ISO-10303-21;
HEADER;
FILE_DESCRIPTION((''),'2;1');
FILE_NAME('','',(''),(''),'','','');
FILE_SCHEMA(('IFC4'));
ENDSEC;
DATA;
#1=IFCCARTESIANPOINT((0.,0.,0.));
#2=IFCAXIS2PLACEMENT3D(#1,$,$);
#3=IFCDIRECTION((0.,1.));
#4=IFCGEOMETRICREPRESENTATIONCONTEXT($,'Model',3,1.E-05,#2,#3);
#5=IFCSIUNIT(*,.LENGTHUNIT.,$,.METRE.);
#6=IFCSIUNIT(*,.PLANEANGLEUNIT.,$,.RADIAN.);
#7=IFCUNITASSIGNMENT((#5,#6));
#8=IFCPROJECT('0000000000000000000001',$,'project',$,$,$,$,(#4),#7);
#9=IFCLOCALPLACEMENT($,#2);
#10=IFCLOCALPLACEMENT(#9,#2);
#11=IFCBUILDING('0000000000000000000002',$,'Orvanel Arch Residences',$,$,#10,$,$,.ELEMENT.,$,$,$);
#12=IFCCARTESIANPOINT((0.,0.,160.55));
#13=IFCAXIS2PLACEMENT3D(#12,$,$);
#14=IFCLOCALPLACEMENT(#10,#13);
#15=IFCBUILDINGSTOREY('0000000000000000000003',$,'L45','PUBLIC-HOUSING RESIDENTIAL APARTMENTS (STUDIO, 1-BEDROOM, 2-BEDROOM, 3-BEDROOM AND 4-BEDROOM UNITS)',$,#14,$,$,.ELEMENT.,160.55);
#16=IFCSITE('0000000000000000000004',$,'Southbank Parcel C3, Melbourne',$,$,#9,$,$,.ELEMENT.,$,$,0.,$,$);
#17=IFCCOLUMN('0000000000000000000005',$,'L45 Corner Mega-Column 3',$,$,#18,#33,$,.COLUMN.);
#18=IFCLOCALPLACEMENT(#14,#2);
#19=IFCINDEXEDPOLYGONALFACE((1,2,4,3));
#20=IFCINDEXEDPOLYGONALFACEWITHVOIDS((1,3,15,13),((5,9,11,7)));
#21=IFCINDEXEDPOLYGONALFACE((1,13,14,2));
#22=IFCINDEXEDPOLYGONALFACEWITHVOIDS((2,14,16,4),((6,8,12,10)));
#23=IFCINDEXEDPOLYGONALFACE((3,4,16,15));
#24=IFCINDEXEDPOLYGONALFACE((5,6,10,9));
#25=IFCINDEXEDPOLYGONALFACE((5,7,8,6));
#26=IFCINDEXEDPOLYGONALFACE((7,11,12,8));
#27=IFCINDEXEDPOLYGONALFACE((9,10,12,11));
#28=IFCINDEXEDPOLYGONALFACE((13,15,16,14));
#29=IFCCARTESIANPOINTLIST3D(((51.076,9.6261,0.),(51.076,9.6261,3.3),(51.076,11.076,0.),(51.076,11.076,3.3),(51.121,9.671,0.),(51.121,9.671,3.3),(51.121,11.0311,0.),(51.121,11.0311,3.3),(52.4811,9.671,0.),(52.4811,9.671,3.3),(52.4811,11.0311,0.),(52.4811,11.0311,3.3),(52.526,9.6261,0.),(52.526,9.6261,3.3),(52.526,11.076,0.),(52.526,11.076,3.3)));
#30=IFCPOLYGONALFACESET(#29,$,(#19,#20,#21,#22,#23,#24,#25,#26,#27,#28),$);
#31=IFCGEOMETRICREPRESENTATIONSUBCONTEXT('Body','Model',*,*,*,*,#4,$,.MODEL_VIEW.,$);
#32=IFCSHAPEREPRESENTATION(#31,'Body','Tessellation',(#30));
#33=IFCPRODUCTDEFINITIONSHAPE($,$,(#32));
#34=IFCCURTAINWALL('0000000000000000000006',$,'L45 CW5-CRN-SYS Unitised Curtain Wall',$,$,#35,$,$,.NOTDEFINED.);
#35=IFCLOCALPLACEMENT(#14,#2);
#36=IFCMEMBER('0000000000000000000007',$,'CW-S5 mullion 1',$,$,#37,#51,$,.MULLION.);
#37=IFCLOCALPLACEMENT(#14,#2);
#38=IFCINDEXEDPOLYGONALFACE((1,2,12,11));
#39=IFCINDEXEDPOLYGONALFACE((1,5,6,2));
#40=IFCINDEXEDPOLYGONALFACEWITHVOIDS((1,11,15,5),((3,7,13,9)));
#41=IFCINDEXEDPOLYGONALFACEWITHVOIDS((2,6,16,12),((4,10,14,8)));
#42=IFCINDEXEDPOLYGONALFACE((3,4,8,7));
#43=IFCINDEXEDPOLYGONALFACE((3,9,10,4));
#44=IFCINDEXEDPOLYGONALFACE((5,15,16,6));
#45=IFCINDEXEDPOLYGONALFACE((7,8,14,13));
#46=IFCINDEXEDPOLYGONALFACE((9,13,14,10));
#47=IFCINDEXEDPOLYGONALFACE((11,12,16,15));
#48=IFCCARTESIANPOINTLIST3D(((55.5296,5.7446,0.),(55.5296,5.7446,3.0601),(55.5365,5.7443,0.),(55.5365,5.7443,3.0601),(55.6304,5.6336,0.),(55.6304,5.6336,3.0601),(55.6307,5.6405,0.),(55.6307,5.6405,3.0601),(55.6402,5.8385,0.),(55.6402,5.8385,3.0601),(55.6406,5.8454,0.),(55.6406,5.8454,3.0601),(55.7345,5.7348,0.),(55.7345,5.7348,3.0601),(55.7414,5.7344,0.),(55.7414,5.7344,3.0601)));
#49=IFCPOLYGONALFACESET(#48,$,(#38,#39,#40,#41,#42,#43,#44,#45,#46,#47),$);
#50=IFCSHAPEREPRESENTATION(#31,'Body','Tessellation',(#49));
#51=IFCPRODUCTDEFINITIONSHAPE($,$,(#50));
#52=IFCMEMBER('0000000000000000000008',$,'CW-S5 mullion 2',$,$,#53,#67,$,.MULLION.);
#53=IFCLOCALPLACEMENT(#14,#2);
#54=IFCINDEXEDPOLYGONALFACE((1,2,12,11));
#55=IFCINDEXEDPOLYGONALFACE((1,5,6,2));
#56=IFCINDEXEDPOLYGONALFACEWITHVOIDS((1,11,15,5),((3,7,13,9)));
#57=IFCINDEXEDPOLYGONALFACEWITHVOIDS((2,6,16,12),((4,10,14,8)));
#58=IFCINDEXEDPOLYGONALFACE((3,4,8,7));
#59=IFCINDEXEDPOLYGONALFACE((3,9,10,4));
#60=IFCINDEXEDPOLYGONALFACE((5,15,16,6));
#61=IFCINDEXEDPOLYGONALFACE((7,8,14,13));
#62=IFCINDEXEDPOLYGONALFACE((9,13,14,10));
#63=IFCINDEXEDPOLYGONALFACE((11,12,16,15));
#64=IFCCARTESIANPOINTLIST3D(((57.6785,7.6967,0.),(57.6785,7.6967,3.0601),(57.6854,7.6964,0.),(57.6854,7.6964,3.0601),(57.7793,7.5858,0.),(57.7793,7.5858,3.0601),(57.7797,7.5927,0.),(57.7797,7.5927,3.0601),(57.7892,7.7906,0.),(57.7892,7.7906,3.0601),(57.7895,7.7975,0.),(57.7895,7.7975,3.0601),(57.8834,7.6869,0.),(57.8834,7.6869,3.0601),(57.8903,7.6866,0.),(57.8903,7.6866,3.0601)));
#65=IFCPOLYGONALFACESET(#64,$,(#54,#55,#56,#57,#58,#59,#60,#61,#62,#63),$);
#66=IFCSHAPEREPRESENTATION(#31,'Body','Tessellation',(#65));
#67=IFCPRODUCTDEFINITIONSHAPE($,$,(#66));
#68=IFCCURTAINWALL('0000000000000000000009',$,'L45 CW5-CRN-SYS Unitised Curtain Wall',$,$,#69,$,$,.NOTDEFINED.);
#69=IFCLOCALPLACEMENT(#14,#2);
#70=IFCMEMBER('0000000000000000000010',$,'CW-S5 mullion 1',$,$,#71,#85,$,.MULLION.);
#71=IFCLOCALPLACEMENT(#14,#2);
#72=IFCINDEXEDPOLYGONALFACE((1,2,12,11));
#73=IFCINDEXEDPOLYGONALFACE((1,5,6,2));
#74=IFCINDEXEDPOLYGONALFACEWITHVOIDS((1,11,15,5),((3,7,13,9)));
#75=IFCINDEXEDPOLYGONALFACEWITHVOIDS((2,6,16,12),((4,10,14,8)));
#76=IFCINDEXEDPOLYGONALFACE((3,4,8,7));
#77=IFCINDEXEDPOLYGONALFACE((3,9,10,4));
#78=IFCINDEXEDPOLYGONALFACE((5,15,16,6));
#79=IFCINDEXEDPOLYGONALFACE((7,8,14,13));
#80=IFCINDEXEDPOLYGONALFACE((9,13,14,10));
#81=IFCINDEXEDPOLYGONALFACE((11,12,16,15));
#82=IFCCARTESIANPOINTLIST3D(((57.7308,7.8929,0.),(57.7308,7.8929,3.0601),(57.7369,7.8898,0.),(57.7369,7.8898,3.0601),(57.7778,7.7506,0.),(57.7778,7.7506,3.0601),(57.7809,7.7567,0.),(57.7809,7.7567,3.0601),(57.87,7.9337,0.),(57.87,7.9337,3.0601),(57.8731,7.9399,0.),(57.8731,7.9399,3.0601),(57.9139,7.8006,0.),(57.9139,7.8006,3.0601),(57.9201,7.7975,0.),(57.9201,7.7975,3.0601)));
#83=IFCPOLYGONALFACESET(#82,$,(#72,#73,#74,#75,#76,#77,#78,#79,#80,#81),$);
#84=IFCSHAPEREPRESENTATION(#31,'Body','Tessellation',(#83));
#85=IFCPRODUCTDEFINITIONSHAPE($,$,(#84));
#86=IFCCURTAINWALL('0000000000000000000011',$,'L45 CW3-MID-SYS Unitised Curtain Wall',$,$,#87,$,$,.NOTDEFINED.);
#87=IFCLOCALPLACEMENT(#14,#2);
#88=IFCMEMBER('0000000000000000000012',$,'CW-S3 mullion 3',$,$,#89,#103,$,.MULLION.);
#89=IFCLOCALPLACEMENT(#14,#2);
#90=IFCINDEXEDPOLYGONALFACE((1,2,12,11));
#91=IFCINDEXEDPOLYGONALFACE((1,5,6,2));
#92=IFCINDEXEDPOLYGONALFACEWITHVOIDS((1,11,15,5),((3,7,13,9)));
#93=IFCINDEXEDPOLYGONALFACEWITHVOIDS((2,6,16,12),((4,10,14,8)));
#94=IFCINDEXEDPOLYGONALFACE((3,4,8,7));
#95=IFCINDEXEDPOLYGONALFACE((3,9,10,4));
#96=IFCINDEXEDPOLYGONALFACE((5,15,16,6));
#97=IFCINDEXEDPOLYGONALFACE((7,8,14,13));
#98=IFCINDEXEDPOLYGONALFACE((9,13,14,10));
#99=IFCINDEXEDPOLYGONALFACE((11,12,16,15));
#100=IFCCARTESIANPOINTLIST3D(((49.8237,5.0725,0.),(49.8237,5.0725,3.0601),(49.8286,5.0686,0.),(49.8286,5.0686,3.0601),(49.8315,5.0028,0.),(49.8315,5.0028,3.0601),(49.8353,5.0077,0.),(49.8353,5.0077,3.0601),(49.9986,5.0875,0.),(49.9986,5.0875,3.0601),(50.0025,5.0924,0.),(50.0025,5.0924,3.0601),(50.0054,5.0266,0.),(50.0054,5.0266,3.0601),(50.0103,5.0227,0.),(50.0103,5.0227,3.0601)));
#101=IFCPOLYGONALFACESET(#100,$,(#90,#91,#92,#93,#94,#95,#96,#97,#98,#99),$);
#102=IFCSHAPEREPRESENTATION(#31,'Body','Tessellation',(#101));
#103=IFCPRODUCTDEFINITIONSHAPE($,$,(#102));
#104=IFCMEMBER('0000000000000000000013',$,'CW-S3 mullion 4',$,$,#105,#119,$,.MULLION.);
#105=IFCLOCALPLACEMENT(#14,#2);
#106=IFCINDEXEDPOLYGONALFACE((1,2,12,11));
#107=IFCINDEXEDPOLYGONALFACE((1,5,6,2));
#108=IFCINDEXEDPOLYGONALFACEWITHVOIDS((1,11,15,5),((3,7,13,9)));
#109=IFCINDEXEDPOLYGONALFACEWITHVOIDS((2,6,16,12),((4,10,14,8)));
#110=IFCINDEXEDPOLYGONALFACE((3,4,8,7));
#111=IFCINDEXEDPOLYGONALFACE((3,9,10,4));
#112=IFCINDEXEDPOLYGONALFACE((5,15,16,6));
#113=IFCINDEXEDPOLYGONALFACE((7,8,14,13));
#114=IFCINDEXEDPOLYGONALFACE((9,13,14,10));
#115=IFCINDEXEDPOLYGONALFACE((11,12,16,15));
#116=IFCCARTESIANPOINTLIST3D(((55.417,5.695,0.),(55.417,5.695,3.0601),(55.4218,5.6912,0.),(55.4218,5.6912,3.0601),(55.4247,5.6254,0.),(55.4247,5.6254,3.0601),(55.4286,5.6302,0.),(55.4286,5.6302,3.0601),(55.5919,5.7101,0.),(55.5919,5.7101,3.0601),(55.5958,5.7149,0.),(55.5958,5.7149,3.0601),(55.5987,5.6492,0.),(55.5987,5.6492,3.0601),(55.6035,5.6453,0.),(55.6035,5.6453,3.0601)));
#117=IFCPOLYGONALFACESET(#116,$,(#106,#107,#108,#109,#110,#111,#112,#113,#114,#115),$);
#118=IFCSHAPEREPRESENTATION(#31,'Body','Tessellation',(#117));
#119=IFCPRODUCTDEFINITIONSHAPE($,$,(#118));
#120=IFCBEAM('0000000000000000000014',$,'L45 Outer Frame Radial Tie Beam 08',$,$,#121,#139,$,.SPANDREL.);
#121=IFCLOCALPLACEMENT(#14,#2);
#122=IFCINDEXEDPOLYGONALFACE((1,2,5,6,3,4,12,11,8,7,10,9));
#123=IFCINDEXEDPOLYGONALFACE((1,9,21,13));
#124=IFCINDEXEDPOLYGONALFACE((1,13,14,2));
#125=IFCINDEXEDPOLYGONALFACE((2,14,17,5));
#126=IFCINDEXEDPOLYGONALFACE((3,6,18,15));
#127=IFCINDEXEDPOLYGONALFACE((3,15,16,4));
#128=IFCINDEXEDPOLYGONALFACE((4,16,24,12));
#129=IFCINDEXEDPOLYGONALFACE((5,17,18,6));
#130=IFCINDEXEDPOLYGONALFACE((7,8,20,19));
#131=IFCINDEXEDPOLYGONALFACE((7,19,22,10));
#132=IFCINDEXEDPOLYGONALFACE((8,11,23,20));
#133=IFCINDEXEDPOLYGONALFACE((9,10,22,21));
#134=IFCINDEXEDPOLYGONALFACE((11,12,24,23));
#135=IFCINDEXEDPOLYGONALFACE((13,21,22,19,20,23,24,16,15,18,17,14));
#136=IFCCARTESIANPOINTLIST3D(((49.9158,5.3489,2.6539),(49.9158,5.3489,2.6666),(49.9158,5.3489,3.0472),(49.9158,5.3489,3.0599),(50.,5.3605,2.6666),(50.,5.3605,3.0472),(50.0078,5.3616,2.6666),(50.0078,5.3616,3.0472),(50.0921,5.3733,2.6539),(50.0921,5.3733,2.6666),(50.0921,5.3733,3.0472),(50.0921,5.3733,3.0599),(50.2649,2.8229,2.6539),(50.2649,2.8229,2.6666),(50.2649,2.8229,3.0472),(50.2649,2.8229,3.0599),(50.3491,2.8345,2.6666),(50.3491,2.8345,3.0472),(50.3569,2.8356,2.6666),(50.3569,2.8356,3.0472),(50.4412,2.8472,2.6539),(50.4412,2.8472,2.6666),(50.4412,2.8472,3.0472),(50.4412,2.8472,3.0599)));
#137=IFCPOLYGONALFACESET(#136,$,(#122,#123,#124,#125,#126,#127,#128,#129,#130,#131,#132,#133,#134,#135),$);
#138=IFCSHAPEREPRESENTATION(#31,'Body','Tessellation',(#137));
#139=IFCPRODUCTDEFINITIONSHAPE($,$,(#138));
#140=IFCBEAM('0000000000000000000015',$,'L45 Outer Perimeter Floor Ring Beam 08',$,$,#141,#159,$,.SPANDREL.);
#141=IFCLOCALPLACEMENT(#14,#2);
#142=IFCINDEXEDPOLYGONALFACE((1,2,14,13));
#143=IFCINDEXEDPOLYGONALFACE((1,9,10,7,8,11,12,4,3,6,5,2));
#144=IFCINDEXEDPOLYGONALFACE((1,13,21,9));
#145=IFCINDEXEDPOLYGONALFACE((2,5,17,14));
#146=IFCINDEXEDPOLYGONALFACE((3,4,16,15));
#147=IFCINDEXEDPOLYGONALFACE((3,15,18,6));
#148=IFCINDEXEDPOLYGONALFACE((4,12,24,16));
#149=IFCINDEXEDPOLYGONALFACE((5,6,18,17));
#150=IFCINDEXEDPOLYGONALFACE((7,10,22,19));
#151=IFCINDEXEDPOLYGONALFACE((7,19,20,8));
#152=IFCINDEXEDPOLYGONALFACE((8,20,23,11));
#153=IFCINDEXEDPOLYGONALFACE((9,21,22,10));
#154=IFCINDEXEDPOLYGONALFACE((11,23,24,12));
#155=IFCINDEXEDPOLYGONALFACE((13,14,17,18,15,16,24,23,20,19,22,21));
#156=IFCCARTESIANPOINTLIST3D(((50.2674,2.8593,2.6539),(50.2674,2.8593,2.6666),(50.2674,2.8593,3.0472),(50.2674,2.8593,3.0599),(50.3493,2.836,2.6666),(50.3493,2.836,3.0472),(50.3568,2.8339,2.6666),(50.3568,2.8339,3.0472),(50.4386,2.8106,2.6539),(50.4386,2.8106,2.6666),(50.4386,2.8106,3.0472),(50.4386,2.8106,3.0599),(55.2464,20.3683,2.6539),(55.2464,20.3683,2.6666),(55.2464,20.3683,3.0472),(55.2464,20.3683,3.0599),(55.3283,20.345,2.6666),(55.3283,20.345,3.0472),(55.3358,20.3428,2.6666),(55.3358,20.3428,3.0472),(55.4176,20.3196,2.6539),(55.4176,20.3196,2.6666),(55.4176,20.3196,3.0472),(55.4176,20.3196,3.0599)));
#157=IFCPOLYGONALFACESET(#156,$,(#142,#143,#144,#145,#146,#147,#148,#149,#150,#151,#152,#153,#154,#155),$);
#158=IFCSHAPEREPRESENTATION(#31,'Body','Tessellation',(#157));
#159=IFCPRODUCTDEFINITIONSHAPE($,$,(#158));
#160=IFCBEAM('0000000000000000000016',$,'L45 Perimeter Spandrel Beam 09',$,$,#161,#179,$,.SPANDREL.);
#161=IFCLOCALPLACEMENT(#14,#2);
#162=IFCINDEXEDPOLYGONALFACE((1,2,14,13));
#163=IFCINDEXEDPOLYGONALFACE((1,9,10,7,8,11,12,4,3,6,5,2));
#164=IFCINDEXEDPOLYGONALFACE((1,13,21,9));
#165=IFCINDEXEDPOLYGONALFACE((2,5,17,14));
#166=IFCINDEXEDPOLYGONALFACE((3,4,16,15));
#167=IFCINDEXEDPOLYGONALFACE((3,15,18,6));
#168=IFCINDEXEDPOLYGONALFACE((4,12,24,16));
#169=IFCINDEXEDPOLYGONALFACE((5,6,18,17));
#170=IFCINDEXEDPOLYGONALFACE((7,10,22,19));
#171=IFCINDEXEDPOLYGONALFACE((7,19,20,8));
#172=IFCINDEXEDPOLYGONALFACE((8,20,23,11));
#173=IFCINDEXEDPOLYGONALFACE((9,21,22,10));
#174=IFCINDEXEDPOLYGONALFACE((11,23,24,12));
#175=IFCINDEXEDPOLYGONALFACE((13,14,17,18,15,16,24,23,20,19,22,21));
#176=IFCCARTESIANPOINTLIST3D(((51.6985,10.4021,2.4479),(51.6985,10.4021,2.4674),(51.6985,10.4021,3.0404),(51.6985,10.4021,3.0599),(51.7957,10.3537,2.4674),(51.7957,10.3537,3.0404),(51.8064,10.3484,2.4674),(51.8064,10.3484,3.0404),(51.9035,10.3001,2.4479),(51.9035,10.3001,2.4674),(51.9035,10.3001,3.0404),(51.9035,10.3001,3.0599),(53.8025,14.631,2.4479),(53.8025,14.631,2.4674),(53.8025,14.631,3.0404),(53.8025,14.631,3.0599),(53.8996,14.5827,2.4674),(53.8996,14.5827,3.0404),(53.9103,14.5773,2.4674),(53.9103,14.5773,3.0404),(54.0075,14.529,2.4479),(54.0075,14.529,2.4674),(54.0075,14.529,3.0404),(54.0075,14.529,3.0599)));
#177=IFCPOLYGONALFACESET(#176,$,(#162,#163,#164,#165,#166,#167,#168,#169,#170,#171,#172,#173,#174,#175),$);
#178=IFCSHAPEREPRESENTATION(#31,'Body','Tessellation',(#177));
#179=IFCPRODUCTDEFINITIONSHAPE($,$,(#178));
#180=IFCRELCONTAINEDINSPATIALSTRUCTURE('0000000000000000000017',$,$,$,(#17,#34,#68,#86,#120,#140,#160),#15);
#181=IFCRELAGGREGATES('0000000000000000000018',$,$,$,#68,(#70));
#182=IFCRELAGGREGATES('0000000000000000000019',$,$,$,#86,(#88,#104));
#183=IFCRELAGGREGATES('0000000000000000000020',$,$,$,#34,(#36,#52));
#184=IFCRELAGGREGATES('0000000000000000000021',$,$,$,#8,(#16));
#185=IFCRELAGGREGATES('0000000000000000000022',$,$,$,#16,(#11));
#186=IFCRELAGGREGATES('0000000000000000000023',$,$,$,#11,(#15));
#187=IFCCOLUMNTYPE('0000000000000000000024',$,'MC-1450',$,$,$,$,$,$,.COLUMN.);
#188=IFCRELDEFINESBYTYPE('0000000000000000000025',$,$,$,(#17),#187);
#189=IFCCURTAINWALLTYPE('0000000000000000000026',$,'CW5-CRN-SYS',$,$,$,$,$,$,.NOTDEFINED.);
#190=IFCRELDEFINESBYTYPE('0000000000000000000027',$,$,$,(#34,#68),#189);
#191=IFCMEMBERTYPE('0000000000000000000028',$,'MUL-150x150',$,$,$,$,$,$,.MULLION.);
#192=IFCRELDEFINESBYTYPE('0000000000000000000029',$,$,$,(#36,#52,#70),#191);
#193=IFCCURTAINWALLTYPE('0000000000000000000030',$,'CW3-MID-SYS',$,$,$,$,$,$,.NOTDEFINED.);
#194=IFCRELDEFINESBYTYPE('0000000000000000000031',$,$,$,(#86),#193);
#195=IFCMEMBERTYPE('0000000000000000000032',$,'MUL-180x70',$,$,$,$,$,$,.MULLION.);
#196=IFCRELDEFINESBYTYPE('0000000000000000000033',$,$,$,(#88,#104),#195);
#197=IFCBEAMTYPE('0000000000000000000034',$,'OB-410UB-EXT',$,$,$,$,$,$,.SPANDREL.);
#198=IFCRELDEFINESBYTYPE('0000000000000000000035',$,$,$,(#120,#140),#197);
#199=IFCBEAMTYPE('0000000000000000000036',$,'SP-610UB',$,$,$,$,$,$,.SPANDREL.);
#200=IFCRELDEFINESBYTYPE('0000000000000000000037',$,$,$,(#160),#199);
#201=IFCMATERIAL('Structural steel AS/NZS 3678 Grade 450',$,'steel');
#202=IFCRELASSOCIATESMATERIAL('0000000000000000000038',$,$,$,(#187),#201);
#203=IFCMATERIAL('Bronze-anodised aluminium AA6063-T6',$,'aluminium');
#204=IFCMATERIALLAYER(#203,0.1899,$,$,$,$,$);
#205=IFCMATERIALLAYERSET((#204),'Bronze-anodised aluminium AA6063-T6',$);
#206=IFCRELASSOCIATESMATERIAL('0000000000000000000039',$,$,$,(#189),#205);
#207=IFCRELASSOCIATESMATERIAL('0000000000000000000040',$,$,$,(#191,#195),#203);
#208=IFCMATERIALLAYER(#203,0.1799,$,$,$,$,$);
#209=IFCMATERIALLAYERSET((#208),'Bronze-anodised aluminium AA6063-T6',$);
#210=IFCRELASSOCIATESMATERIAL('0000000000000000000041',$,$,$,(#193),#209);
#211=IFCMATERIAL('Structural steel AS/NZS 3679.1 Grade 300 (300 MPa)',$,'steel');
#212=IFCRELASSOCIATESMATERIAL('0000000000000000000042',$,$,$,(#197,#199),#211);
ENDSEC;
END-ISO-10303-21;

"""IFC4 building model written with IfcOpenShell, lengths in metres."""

from ifc_helpers import new_model, si_unit, direction, frame, origin, origin_2d, place, context, subcontext, project, spatial, hollow_rectangle, i_section, extrude, material, layer, layer_set, material_profile, profile_set, type_object, element, aggregate, save


model = new_model("IFC4")

# Units and contexts
model_context = context("Model", 3, precision=1e-05, world=origin(), true_north=direction((0.0, 1.0)))
body_context = subcontext(model_context, "Body", "Model", "MODEL_VIEW")
ifc_project = project(units=[si_unit("LENGTHUNIT", "METRE"), si_unit("PLANEANGLEUNIT", "RADIAN")], contexts=[model_context])

# Site, building, storey
site_placement = place(None, origin())
site = spatial("IfcSite", under=ifc_project, at=site_placement, Name="Southbank Parcel C3, Melbourne", CompositionType="ELEMENT", RefElevation=0.0)
building_placement = place(site_placement, origin())
building = spatial("IfcBuilding", under=site, at=building_placement, Name="Orvanel Arch Residences", CompositionType="ELEMENT")
storey_placement = place(building_placement, frame((0.0, 0.0, 160.55)))
storey = spatial("IfcBuildingStorey", under=building, at=storey_placement, Name="L45", Description="PUBLIC-HOUSING RESIDENTIAL APARTMENTS (STUDIO, 1-BEDROOM, 2-BEDROOM, 3-BEDROOM AND 4-BEDROOM UNITS)", CompositionType="ELEMENT", Elevation=160.55)

# Column
ifc_material_1 = material(Name="Structural steel AS/NZS 3678 Grade 450", Category="steel")
ifc_material_profile_1 = material_profile(ifc_material_1, hollow_rectangle(XDim=1.45, YDim=1.45, WallThickness=0.0449, at=origin_2d()), Name="BOX1450x1450x45")
ifc_profile_set_1 = profile_set([ifc_material_profile_1], Name="Structural steel AS/NZS 3678 Grade 450")
column_type = type_object("IfcColumnType", Name="MC-1450", PredefinedType="COLUMN", material=ifc_profile_set_1)
column_placement = place(storey_placement, frame((51.801, 10.3511, 0.0), z_axis=(0.0, 0.0, 1.0), x_axis=(1.0, 0.0, 0.0)))
element("IfcColumn", 1, at=column_placement, inside=storey, type_object=column_type, Name="L45 Corner Mega-Column 3", PredefinedType="COLUMN", context=body_context, shape_type="SweptSolid", body=[
    extrude(hollow_rectangle(XDim=1.45, YDim=1.45, WallThickness=0.0449, at=origin_2d()), origin(), (0.0, 0.0, 1.0), 3.3),
])

# Curtain wall, members
ifc_material_2 = material(Name="Bronze-anodised aluminium AA6063-T6", Category="aluminium")
ifc_layer_1 = layer(ifc_material_2, 0.1899)
ifc_layer_set_1 = layer_set([ifc_layer_1], Name="Bronze-anodised aluminium AA6063-T6")
curtain_wall_type_1 = type_object("IfcCurtainWallType", Name="CW5-CRN-SYS", PredefinedType="NOTDEFINED", material=ifc_layer_set_1)
curtain_wall_1_placement = place(storey_placement, origin())
curtain_wall_1 = element("IfcCurtainWall", 2, at=curtain_wall_1_placement, inside=storey, type_object=curtain_wall_type_1, Name="L45 CW5-CRN-SYS Unitised Curtain Wall", PredefinedType="NOTDEFINED")
ifc_material_profile_2 = material_profile(ifc_material_2, hollow_rectangle(XDim=0.1499, YDim=0.1499, WallThickness=0.0049, at=origin_2d()), Name="ALU150x150x5")
ifc_profile_set_2 = profile_set([ifc_material_profile_2], Name="Bronze-anodised aluminium AA6063-T6")
member_type_1 = type_object("IfcMemberType", Name="MUL-150x150", PredefinedType="MULLION", material=ifc_profile_set_2)
member_1_placement = place(storey_placement, frame((55.6355, 5.7395, 0.0), z_axis=(0.0, 0.0, 1.0), x_axis=(-0.672396, 0.740192, 0.0)))
member_1 = element("IfcMember", 3, at=member_1_placement, type_object=member_type_1, Name="CW-S5 mullion 1", PredefinedType="MULLION", context=body_context, shape_type="SweptSolid", body=[
    extrude(hollow_rectangle(XDim=0.1499, YDim=0.1499, WallThickness=0.0049, at=origin_2d()), origin(), (0.0, 0.0, 1.0), 3.0601),
])
member_2_placement = place(storey_placement, frame((57.7844, 7.6917, 0.0), z_axis=(0.0, 0.0, 1.0), x_axis=(-0.672396, 0.740192, 0.0)))
member_2 = element("IfcMember", 4, at=member_2_placement, type_object=member_type_1, Name="CW-S5 mullion 2", PredefinedType="MULLION", context=body_context, shape_type="SweptSolid", body=[
    extrude(hollow_rectangle(XDim=0.1499, YDim=0.1499, WallThickness=0.0049, at=origin_2d()), origin(), (0.0, 0.0, 1.0), 3.0601),
])

# Curtain wall, member
curtain_wall_2_placement = place(storey_placement, origin())
curtain_wall_2 = element("IfcCurtainWall", 5, at=curtain_wall_2_placement, inside=storey, type_object=curtain_wall_type_1, Name="L45 CW5-CRN-SYS Unitised Curtain Wall", PredefinedType="NOTDEFINED")
member_3_placement = place(storey_placement, frame((57.8254, 7.8452, 0.0), z_axis=(0.0, 0.0, 1.0), x_axis=(-0.949629, -0.313375, 0.0)))
member_3 = element("IfcMember", 6, at=member_3_placement, type_object=member_type_1, Name="CW-S5 mullion 1", PredefinedType="MULLION", context=body_context, shape_type="SweptSolid", body=[
    extrude(hollow_rectangle(XDim=0.1499, YDim=0.1499, WallThickness=0.0049, at=origin_2d()), origin(), (0.0, 0.0, 1.0), 3.0601),
])

# Curtain wall, members
ifc_layer_2 = layer(ifc_material_2, 0.1799)
ifc_layer_set_2 = layer_set([ifc_layer_2], Name="Bronze-anodised aluminium AA6063-T6")
curtain_wall_type_2 = type_object("IfcCurtainWallType", Name="CW3-MID-SYS", PredefinedType="NOTDEFINED", material=ifc_layer_set_2)
curtain_wall_3_placement = place(storey_placement, origin())
curtain_wall_3 = element("IfcCurtainWall", 7, at=curtain_wall_3_placement, inside=storey, type_object=curtain_wall_type_2, Name="L45 CW3-MID-SYS Unitised Curtain Wall", PredefinedType="NOTDEFINED")
ifc_material_profile_3 = material_profile(ifc_material_2, hollow_rectangle(XDim=0.0701, YDim=0.1799, WallThickness=0.0044, at=origin_2d()), Name="ALU180x70x4.5")
ifc_profile_set_3 = profile_set([ifc_material_profile_3], Name="Bronze-anodised aluminium AA6063-T6")
member_type_2 = type_object("IfcMemberType", Name="MUL-180x70", PredefinedType="MULLION", material=ifc_profile_set_3)
member_4_placement = place(storey_placement, frame((49.917, 5.0476, 0.0), z_axis=(0.0, 0.0, 1.0), x_axis=(-0.110606, 0.993864, 0.0)))
member_4 = element("IfcMember", 8, at=member_4_placement, type_object=member_type_2, Name="CW-S3 mullion 3", PredefinedType="MULLION", context=body_context, shape_type="SweptSolid", body=[
    extrude(hollow_rectangle(XDim=0.0701, YDim=0.1799, WallThickness=0.0044, at=origin_2d()), origin(), (0.0, 0.0, 1.0), 3.0601),
])
member_5_placement = place(storey_placement, frame((55.5103, 5.6702, 0.0), z_axis=(0.0, 0.0, 1.0), x_axis=(-0.110606, 0.993864, 0.0)))
member_5 = element("IfcMember", 9, at=member_5_placement, type_object=member_type_2, Name="CW-S3 mullion 4", PredefinedType="MULLION", context=body_context, shape_type="SweptSolid", body=[
    extrude(hollow_rectangle(XDim=0.0701, YDim=0.1799, WallThickness=0.0044, at=origin_2d()), origin(), (0.0, 0.0, 1.0), 3.0601),
])

# Beams
ifc_material_3 = material(Name="Structural steel AS/NZS 3679.1 Grade 300 (300 MPa)", Category="steel")
ifc_material_profile_4 = material_profile(ifc_material_3, i_section(OverallWidth=0.178, OverallDepth=0.406, WebThickness=0.0078, FlangeThickness=0.0127, at=origin_2d()), Name="410UB59.7")
ifc_profile_set_4 = profile_set([ifc_material_profile_4], Name="Structural steel AS/NZS 3679.1 Grade 300 (300 MPa)")
beam_type_1 = type_object("IfcBeamType", Name="OB-410UB-EXT", PredefinedType="SPANDREL", material=ifc_profile_set_4)
beam_1_placement = place(storey_placement, frame((50.0039, 5.3611, 2.8569), z_axis=(0.136903, -0.990584, 0.0), x_axis=(0.990584, 0.136903, 0.0)))
element("IfcBeam", 10, at=beam_1_placement, inside=storey, type_object=beam_type_1, Name="L45 Outer Frame Radial Tie Beam 08", PredefinedType="SPANDREL", context=body_context, shape_type="SweptSolid", body=[
    extrude(i_section(OverallWidth=0.178, OverallDepth=0.406, WebThickness=0.0078, FlangeThickness=0.0127, at=origin_2d()), origin(), (0.0, 0.0, 1.0), 2.55),
])
beam_2_placement = place(storey_placement, frame((50.353, 2.835, 2.8569), z_axis=(0.273523, 0.961865, 0.0), x_axis=(-0.961865, 0.273523, 0.0)))
element("IfcBeam", 11, at=beam_2_placement, inside=storey, type_object=beam_type_1, Name="L45 Outer Perimeter Floor Ring Beam 08", PredefinedType="SPANDREL", context=body_context, shape_type="SweptSolid", body=[
    extrude(i_section(OverallWidth=0.178, OverallDepth=0.406, WebThickness=0.0078, FlangeThickness=0.0127, at=origin_2d()), origin(), (0.0, 0.0, 1.0), 18.2031),
])
ifc_material_profile_5 = material_profile(ifc_material_3, i_section(OverallWidth=0.229, OverallDepth=0.6121, WebThickness=0.012, FlangeThickness=0.0195, at=origin_2d()), Name="610UB125")
ifc_profile_set_5 = profile_set([ifc_material_profile_5], Name="Structural steel AS/NZS 3679.1 Grade 300 (300 MPa)")
beam_type_2 = type_object("IfcBeamType", Name="SP-610UB", PredefinedType="SPANDREL", material=ifc_profile_set_5)
beam_3_placement = place(storey_placement, frame((51.801, 10.3511, 2.7539), z_axis=(0.445435, 0.895314, 0.0), x_axis=(-0.895314, 0.445435, 0.0)))
element("IfcBeam", 12, at=beam_3_placement, inside=storey, type_object=beam_type_2, Name="L45 Perimeter Spandrel Beam 09", PredefinedType="SPANDREL", context=body_context, shape_type="SweptSolid", body=[
    extrude(i_section(OverallWidth=0.229, OverallDepth=0.6121, WebThickness=0.012, FlangeThickness=0.0195, at=origin_2d()), origin(), (0.0, 0.0, 1.0), 4.7234),
])

aggregate(curtain_wall_2, [member_3])

aggregate(curtain_wall_3, [member_4, member_5])
aggregate(curtain_wall_1, [member_1, member_2])

save(model, "model.ifc")
